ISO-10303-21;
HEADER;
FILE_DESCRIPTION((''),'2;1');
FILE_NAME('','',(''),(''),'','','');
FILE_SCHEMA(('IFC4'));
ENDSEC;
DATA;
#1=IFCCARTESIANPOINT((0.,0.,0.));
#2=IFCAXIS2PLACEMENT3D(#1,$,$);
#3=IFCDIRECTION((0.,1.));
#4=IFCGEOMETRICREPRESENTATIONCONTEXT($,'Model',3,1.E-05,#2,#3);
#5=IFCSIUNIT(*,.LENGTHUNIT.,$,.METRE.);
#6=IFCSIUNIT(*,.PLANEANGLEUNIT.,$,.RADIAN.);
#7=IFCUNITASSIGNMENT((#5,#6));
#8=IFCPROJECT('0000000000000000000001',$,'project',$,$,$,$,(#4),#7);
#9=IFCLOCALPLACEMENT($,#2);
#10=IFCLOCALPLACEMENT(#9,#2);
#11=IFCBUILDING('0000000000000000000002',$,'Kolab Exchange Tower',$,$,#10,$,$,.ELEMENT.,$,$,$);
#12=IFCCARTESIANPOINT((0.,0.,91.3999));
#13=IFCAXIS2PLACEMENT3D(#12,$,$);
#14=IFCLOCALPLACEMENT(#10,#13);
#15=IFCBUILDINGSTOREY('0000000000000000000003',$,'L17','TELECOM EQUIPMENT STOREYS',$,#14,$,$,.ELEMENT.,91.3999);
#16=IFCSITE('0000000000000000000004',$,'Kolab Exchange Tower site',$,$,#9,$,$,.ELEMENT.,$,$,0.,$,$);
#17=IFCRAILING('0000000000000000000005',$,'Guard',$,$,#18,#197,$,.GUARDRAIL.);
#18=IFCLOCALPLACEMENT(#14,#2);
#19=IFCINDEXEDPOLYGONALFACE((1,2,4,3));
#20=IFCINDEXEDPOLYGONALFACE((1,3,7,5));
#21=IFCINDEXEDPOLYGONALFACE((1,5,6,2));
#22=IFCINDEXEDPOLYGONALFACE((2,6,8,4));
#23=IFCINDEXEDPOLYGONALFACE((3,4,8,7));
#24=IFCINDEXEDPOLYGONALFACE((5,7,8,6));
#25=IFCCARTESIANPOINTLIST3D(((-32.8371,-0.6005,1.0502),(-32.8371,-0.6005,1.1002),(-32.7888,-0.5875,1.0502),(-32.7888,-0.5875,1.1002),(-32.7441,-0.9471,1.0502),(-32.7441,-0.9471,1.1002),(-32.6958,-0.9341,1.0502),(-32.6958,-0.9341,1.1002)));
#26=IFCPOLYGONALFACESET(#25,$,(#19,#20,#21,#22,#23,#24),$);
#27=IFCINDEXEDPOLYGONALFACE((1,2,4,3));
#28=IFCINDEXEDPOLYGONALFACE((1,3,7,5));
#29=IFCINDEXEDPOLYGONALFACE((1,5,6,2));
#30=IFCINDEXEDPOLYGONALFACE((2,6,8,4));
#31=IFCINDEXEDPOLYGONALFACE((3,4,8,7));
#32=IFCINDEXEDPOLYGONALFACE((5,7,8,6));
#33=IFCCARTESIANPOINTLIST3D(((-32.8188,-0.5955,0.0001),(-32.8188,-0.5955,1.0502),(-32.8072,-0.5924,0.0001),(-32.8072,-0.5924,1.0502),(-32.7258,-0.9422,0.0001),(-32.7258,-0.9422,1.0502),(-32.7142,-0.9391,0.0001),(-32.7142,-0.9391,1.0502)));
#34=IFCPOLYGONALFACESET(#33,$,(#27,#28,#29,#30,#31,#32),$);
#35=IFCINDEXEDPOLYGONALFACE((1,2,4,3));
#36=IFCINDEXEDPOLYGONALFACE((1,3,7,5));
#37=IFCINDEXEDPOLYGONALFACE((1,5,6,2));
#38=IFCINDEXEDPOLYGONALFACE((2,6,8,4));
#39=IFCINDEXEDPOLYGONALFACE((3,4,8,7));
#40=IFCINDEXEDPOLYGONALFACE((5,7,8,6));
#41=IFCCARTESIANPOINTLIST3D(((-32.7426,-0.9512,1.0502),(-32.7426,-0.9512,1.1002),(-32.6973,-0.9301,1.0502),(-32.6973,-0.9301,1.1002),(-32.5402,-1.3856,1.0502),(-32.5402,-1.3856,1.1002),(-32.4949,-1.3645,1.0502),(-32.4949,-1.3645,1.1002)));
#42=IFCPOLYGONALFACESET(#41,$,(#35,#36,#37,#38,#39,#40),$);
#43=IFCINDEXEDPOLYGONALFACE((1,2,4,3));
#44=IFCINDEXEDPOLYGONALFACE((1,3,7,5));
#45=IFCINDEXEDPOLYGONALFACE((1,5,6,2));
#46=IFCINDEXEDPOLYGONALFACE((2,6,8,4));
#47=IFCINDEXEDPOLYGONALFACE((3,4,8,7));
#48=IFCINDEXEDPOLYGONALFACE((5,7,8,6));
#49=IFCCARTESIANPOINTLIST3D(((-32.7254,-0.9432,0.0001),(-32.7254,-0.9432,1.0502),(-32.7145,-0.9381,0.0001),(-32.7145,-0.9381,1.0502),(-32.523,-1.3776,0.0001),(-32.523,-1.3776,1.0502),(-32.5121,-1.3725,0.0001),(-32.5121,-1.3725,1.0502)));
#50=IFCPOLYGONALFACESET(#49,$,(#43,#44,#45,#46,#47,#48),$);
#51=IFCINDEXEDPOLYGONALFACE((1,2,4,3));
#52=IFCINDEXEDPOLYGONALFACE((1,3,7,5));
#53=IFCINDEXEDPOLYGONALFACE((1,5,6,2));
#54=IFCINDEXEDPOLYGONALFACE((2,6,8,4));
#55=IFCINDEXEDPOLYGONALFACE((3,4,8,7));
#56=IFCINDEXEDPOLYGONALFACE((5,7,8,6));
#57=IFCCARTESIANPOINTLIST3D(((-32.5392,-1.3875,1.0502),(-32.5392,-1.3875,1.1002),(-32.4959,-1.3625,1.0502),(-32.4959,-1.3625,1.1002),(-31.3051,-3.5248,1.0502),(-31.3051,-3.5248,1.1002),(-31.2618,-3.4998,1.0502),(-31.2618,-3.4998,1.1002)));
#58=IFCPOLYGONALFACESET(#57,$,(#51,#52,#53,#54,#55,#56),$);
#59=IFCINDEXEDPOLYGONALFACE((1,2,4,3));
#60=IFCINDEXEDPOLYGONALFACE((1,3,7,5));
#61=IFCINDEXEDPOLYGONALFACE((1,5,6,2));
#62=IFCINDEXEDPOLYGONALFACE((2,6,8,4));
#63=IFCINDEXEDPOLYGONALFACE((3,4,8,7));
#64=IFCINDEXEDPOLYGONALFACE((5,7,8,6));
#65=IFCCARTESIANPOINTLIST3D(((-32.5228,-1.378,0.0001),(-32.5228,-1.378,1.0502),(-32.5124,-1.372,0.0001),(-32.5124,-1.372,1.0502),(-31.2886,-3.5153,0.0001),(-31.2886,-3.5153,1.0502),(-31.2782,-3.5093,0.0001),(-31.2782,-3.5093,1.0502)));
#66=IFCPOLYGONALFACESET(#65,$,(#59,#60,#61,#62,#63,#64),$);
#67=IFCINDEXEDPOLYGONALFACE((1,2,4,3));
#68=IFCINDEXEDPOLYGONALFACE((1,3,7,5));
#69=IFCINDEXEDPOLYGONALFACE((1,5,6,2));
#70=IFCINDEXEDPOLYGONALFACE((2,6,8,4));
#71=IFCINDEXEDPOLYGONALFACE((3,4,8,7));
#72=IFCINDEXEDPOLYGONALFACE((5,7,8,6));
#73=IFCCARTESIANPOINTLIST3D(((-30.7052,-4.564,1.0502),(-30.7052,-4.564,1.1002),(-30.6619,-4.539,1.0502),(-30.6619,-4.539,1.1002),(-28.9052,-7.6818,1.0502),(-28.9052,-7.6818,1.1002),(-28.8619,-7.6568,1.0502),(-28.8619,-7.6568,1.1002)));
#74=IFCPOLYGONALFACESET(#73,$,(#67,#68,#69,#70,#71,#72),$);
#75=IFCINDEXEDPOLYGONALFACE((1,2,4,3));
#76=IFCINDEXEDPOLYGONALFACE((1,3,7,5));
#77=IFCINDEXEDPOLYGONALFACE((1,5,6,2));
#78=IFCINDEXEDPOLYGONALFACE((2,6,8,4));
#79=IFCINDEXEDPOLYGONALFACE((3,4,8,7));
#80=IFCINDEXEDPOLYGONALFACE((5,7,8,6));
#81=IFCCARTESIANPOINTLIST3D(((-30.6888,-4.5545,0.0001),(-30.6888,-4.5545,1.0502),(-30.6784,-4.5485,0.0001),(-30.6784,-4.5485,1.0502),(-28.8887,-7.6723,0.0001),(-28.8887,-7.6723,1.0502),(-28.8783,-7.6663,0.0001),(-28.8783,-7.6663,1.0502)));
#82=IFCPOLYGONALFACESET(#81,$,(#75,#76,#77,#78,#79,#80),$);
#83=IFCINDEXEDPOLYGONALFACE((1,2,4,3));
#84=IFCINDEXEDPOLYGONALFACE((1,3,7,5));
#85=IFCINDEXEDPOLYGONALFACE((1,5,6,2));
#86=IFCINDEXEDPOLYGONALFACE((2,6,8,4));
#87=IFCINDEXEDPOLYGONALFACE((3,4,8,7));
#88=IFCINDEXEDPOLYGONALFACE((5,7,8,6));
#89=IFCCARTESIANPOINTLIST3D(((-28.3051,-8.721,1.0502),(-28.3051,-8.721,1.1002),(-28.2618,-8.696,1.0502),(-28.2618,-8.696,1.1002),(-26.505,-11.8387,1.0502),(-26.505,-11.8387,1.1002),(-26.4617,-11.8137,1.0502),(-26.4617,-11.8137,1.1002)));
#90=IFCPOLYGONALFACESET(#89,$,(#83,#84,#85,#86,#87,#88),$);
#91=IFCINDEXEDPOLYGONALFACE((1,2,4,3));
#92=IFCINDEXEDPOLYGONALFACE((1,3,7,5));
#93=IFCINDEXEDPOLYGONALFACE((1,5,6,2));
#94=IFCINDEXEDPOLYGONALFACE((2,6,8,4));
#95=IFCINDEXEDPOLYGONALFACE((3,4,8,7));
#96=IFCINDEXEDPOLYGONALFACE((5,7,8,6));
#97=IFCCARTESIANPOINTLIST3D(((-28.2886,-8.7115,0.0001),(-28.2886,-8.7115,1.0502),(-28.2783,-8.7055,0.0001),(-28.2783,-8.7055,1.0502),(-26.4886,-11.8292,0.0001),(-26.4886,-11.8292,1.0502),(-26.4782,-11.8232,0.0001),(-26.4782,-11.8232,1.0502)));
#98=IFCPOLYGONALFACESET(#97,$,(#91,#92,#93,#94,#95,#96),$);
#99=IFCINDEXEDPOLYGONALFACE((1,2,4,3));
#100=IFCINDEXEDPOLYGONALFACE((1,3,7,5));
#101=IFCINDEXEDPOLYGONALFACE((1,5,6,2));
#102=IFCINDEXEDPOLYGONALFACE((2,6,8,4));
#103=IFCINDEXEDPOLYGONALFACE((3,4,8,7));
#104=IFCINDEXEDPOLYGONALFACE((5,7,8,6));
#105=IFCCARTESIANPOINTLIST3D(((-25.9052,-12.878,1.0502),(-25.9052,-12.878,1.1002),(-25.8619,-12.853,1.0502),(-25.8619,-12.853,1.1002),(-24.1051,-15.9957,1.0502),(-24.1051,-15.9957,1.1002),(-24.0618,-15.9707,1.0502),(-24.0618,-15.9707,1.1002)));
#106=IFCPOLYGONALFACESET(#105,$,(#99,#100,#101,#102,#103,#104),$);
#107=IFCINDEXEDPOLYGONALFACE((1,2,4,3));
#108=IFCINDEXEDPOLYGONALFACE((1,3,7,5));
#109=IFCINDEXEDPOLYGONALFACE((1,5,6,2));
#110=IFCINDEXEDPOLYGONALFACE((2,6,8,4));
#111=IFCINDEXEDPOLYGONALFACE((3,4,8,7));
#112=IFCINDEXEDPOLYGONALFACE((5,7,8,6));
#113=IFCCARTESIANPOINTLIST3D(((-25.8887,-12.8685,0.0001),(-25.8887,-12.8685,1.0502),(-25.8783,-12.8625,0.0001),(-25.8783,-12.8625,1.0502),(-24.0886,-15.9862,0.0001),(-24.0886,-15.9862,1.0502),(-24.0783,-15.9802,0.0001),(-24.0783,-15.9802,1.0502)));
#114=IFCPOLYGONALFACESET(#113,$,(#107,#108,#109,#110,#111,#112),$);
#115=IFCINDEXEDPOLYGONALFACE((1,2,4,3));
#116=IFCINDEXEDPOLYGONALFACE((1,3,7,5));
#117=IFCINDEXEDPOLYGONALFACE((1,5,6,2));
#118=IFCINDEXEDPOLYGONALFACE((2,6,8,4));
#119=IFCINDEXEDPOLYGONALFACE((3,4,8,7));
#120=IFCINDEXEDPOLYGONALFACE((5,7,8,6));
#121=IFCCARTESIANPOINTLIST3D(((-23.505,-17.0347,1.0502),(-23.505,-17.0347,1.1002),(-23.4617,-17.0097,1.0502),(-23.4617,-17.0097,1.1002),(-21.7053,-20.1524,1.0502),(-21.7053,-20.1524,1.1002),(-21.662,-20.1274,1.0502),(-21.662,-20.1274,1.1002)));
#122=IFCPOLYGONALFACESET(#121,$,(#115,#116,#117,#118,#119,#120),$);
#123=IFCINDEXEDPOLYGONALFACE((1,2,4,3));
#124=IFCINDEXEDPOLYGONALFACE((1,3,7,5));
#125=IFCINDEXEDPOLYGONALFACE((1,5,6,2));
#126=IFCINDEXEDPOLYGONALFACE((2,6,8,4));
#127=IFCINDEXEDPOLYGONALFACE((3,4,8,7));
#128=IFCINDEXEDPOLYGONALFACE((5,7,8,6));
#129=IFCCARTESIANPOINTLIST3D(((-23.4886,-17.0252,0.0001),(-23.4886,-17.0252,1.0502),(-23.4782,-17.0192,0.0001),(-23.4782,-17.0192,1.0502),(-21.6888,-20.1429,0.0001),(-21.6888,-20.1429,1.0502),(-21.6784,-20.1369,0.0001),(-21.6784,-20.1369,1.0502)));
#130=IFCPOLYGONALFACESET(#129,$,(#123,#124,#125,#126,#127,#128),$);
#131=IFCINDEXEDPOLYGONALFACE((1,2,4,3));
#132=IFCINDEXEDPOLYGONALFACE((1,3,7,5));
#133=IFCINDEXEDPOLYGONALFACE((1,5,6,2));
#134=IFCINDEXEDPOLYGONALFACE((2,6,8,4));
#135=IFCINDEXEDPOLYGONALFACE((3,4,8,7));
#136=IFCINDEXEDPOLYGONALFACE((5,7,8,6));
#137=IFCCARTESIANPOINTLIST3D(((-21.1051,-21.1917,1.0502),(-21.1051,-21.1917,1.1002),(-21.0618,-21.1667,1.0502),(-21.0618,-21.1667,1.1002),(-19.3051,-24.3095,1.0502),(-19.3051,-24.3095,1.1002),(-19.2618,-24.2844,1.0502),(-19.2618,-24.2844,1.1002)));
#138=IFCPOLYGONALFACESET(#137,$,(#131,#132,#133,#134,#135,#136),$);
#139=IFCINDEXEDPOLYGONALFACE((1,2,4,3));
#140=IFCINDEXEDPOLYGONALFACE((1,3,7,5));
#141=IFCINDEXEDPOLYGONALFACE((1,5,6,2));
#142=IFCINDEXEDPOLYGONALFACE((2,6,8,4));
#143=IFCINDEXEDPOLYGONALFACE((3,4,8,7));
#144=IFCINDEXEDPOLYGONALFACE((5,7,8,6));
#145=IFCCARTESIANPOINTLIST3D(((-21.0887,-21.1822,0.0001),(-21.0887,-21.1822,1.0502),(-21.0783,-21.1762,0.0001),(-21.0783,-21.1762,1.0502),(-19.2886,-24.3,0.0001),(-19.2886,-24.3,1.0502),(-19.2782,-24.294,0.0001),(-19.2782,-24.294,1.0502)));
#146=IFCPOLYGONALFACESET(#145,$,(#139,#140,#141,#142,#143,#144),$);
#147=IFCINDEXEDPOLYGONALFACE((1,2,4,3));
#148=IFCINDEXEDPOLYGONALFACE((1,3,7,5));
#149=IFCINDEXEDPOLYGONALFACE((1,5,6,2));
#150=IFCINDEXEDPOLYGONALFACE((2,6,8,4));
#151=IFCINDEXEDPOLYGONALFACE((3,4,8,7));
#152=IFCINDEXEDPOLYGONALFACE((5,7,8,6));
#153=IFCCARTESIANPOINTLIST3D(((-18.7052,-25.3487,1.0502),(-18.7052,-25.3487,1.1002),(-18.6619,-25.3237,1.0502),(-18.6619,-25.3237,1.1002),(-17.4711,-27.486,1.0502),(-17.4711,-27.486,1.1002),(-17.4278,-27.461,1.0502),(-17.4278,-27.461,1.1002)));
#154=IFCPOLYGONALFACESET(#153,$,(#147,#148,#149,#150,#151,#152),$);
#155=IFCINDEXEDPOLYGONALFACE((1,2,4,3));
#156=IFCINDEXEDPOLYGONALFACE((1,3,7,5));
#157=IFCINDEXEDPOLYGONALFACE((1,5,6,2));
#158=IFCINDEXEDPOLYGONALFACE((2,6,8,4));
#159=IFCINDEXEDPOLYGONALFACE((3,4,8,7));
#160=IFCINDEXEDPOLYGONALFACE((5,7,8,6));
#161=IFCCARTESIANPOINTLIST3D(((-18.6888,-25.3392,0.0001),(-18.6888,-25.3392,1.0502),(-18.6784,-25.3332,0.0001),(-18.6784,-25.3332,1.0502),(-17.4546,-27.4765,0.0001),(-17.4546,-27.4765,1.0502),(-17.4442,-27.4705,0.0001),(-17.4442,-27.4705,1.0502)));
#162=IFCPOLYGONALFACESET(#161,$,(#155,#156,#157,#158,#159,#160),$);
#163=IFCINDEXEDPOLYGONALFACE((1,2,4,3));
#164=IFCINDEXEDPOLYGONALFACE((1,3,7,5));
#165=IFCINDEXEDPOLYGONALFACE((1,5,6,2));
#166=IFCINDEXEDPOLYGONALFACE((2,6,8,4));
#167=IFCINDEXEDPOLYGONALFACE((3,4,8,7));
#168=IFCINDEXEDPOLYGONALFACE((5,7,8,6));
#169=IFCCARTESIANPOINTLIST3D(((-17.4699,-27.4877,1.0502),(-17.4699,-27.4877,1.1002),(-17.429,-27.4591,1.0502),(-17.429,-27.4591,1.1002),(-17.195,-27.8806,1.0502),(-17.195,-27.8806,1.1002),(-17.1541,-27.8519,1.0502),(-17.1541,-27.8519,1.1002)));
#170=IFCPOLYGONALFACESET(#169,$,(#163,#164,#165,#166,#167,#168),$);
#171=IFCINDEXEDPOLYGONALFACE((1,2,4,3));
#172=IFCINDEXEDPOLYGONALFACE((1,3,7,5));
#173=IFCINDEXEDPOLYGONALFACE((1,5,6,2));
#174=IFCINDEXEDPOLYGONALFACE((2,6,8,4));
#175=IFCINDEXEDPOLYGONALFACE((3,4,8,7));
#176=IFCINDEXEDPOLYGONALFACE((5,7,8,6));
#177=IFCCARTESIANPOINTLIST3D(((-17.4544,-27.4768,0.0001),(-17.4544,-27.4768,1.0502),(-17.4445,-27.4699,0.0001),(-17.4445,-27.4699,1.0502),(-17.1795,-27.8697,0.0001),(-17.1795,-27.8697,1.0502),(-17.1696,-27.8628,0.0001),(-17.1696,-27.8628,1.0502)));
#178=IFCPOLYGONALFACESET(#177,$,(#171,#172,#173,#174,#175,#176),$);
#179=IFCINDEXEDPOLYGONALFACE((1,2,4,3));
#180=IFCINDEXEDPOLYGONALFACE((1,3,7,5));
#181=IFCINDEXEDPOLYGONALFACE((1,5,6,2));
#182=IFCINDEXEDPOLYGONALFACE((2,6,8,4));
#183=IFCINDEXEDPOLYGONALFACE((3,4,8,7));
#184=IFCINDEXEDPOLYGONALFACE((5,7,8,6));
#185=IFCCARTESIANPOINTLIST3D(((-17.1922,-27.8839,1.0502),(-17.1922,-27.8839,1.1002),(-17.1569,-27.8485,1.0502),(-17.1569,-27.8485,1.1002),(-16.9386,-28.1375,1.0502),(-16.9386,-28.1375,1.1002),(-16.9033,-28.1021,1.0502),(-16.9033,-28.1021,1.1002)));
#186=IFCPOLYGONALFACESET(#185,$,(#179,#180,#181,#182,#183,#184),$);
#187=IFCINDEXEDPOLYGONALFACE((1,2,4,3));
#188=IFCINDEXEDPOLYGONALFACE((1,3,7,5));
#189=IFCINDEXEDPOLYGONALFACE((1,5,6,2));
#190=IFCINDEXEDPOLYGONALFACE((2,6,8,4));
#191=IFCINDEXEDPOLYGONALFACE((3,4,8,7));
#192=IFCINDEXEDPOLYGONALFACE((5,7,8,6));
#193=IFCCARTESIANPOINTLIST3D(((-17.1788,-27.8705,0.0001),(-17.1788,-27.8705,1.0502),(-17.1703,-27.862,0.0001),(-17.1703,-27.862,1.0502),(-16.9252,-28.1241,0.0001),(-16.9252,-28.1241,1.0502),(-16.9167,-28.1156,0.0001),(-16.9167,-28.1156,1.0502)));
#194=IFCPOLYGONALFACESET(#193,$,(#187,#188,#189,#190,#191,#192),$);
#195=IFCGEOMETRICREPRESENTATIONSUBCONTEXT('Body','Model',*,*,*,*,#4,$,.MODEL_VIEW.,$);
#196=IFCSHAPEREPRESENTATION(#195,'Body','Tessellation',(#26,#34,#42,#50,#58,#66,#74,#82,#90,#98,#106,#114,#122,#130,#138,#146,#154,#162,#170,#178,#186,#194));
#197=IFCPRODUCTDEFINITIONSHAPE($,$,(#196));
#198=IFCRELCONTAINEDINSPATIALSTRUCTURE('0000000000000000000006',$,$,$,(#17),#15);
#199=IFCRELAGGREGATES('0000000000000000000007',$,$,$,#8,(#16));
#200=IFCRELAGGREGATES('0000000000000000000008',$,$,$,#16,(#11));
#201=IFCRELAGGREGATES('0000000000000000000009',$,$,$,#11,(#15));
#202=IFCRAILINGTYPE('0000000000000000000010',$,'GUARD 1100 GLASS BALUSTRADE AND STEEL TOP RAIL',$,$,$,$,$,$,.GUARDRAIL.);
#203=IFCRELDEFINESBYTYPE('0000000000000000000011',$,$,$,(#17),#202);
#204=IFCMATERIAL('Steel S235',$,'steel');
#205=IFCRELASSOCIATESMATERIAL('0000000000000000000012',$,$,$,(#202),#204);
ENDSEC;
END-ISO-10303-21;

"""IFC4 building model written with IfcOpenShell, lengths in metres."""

from ifc_helpers import new_model, si_unit, direction, frame, frame_2d, origin, origin_2d, place, context, subcontext, project, spatial, rectangle, extrude, material, type_object, element, save


model = new_model("IFC4")

# Units and contexts
model_context = context("Model", 3, precision=1e-05, world=origin(), true_north=direction((0.0, 1.0)))
body_context = subcontext(model_context, "Body", "Model", "MODEL_VIEW")
ifc_project = project(units=[si_unit("LENGTHUNIT", "METRE"), si_unit("PLANEANGLEUNIT", "RADIAN")], contexts=[model_context])

# Site, building, storey
site_placement = place(None, origin())
site = spatial("IfcSite", under=ifc_project, at=site_placement, Name="Kolab Exchange Tower site", CompositionType="ELEMENT", RefElevation=0.0)
building_placement = place(site_placement, origin())
building = spatial("IfcBuilding", under=site, at=building_placement, Name="Kolab Exchange Tower", CompositionType="ELEMENT")
storey_placement = place(building_placement, frame((0.0, 0.0, 91.3999)))
storey = spatial("IfcBuildingStorey", under=building, at=storey_placement, Name="L17", Description="TELECOM EQUIPMENT STOREYS", CompositionType="ELEMENT", Elevation=91.3999)

# Railing
ifc_material_1 = material(Name="Steel S235", Category="steel")
railing_type = type_object("IfcRailingType", Name="GUARD 1100 GLASS BALUSTRADE AND STEEL TOP RAIL", PredefinedType="GUARDRAIL", material=ifc_material_1)
railing_placement = place(storey_placement, frame((-32.813, -0.594, 0.0)))
element("IfcRailing", 1, at=railing_placement, inside=storey, type_object=railing_type, Name="Guard", PredefinedType="GUARDRAIL", context=body_context, shape_type="SweptSolid", body=[
    extrude(rectangle(XDim=0.05, YDim=0.05, at=origin_2d()), frame((0.0, 0.0, 1.0752), z_axis=(0.259144, -0.965839, 0.0), x_axis=(0.965839, 0.259144, 0.0)), (0.0, 0.0, 1.0), 0.3589),
    extrude(rectangle(XDim=0.012, YDim=1.0501, at=frame_2d((0.0, 0.5251))), frame((0.0, 0.0, 0.0), z_axis=(0.259144, -0.965839, 0.0), x_axis=(0.965839, 0.259144, 0.0)), (0.0, 0.0, 1.0), 0.3589),
    extrude(rectangle(XDim=0.05, YDim=0.05, at=origin_2d()), frame((0.093, -0.3467, 1.0752), z_axis=(0.422383, -0.906417, 0.0), x_axis=(0.906417, 0.422383, 0.0)), (0.0, 0.0, 1.0), 0.4792),
    extrude(rectangle(XDim=0.012, YDim=1.0501, at=frame_2d((0.0, 0.5251))), frame((0.093, -0.3467, 0.0), z_axis=(0.422383, -0.906417, 0.0), x_axis=(0.906417, 0.422383, 0.0)), (0.0, 0.0, 1.0), 0.4792),
    extrude(rectangle(XDim=0.05, YDim=0.05, at=origin_2d()), frame((0.2954, -0.781, 1.0752), z_axis=(0.500065, -0.865988, 0.0), x_axis=(0.865988, 0.500065, 0.0)), (0.0, 0.0, 1.0), 2.468),
    extrude(rectangle(XDim=0.012, YDim=1.0501, at=frame_2d((0.0, 0.5251))), frame((0.2954, -0.781, 0.0), z_axis=(0.500065, -0.865988, 0.0), x_axis=(0.865988, 0.500065, 0.0)), (0.0, 0.0, 1.0), 2.468),
    extrude(rectangle(XDim=0.05, YDim=0.05, at=origin_2d()), frame((2.1294, -3.9575, 1.0752), z_axis=(0.500012, -0.866018, 0.0), x_axis=(0.866018, 0.500012, 0.0)), (0.0, 0.0, 1.0), 3.6001),
    extrude(rectangle(XDim=0.012, YDim=1.0501, at=frame_2d((0.0, 0.5251))), frame((2.1294, -3.9575, 0.0), z_axis=(0.500012, -0.866018, 0.0), x_axis=(0.866018, 0.500012, 0.0)), (0.0, 0.0, 1.0), 3.6001),
    extrude(rectangle(XDim=0.05, YDim=0.05, at=origin_2d()), frame((4.5295, -8.1145, 1.0752), z_axis=(0.500012, -0.866018, 0.0), x_axis=(0.866018, 0.500012, 0.0)), (0.0, 0.0, 1.0), 3.6001),
    extrude(rectangle(XDim=0.012, YDim=1.0501, at=frame_2d((0.0, 0.5251))), frame((4.5295, -8.1145, 0.0), z_axis=(0.500012, -0.866018, 0.0), x_axis=(0.866018, 0.500012, 0.0)), (0.0, 0.0, 1.0), 3.6001),
    extrude(rectangle(XDim=0.05, YDim=0.05, at=origin_2d()), frame((6.9294, -12.2715, 1.0752), z_axis=(0.500012, -0.866018, 0.0), x_axis=(0.866018, 0.500012, 0.0)), (0.0, 0.0, 1.0), 3.6001),
    extrude(rectangle(XDim=0.012, YDim=1.0501, at=frame_2d((0.0, 0.5251))), frame((6.9294, -12.2715, 0.0), z_axis=(0.500012, -0.866018, 0.0), x_axis=(0.866018, 0.500012, 0.0)), (0.0, 0.0, 1.0), 3.6001),
    extrude(rectangle(XDim=0.05, YDim=0.05, at=origin_2d()), frame((9.3296, -16.4282, 1.0752), z_axis=(0.499961, -0.866048, 0.0), x_axis=(0.866048, 0.499961, 0.0)), (0.0, 0.0, 1.0), 3.5999),
    extrude(rectangle(XDim=0.012, YDim=1.0501, at=frame_2d((0.0, 0.5251))), frame((9.3296, -16.4282, 0.0), z_axis=(0.499961, -0.866048, 0.0), x_axis=(0.866048, 0.499961, 0.0)), (0.0, 0.0, 1.0), 3.5999),
    extrude(rectangle(XDim=0.05, YDim=0.05, at=origin_2d()), frame((11.7295, -20.5852, 1.0752), z_axis=(0.500012, -0.866018, 0.0), x_axis=(0.866018, 0.500012, 0.0)), (0.0, 0.0, 1.0), 3.6001),
    extrude(rectangle(XDim=0.012, YDim=1.0501, at=frame_2d((0.0, 0.5251))), frame((11.7295, -20.5852, 0.0), z_axis=(0.500012, -0.866018, 0.0), x_axis=(0.866018, 0.500012, 0.0)), (0.0, 0.0, 1.0), 3.6001),
    extrude(rectangle(XDim=0.05, YDim=0.05, at=origin_2d()), frame((14.1294, -24.7422, 1.0752), z_axis=(0.500065, -0.865988, 0.0), x_axis=(0.865988, 0.500065, 0.0)), (0.0, 0.0, 1.0), 2.468),
    extrude(rectangle(XDim=0.012, YDim=1.0501, at=frame_2d((0.0, 0.5251))), frame((14.1294, -24.7422, 0.0), z_axis=(0.500065, -0.865988, 0.0), x_axis=(0.865988, 0.500065, 0.0)), (0.0, 0.0, 1.0), 2.468),
    extrude(rectangle(XDim=0.05, YDim=0.05, at=origin_2d()), frame((15.3635, -26.8794, 1.0752), z_axis=(0.57336, -0.819304, 0.0), x_axis=(0.819304, 0.57336, 0.0)), (0.0, 0.0, 1.0), 0.4795),
    extrude(rectangle(XDim=0.012, YDim=1.0501, at=frame_2d((0.0, 0.5251))), frame((15.3635, -26.8794, 0.0), z_axis=(0.57336, -0.819304, 0.0), x_axis=(0.819304, 0.57336, 0.0)), (0.0, 0.0, 1.0), 0.4795),
    extrude(rectangle(XDim=0.05, YDim=0.05, at=origin_2d()), frame((15.6384, -27.2722, 1.0752), z_axis=(0.707107, -0.707107, 0.0), x_axis=(0.707107, 0.707107, 0.0)), (0.0, 0.0, 1.0), 0.3586),
    extrude(rectangle(XDim=0.012, YDim=1.0501, at=frame_2d((0.0, 0.5251))), frame((15.6384, -27.2722, 0.0), z_axis=(0.707107, -0.707107, 0.0), x_axis=(0.707107, 0.707107, 0.0)), (0.0, 0.0, 1.0), 0.3586),
])

save(model, "model.ifc")
